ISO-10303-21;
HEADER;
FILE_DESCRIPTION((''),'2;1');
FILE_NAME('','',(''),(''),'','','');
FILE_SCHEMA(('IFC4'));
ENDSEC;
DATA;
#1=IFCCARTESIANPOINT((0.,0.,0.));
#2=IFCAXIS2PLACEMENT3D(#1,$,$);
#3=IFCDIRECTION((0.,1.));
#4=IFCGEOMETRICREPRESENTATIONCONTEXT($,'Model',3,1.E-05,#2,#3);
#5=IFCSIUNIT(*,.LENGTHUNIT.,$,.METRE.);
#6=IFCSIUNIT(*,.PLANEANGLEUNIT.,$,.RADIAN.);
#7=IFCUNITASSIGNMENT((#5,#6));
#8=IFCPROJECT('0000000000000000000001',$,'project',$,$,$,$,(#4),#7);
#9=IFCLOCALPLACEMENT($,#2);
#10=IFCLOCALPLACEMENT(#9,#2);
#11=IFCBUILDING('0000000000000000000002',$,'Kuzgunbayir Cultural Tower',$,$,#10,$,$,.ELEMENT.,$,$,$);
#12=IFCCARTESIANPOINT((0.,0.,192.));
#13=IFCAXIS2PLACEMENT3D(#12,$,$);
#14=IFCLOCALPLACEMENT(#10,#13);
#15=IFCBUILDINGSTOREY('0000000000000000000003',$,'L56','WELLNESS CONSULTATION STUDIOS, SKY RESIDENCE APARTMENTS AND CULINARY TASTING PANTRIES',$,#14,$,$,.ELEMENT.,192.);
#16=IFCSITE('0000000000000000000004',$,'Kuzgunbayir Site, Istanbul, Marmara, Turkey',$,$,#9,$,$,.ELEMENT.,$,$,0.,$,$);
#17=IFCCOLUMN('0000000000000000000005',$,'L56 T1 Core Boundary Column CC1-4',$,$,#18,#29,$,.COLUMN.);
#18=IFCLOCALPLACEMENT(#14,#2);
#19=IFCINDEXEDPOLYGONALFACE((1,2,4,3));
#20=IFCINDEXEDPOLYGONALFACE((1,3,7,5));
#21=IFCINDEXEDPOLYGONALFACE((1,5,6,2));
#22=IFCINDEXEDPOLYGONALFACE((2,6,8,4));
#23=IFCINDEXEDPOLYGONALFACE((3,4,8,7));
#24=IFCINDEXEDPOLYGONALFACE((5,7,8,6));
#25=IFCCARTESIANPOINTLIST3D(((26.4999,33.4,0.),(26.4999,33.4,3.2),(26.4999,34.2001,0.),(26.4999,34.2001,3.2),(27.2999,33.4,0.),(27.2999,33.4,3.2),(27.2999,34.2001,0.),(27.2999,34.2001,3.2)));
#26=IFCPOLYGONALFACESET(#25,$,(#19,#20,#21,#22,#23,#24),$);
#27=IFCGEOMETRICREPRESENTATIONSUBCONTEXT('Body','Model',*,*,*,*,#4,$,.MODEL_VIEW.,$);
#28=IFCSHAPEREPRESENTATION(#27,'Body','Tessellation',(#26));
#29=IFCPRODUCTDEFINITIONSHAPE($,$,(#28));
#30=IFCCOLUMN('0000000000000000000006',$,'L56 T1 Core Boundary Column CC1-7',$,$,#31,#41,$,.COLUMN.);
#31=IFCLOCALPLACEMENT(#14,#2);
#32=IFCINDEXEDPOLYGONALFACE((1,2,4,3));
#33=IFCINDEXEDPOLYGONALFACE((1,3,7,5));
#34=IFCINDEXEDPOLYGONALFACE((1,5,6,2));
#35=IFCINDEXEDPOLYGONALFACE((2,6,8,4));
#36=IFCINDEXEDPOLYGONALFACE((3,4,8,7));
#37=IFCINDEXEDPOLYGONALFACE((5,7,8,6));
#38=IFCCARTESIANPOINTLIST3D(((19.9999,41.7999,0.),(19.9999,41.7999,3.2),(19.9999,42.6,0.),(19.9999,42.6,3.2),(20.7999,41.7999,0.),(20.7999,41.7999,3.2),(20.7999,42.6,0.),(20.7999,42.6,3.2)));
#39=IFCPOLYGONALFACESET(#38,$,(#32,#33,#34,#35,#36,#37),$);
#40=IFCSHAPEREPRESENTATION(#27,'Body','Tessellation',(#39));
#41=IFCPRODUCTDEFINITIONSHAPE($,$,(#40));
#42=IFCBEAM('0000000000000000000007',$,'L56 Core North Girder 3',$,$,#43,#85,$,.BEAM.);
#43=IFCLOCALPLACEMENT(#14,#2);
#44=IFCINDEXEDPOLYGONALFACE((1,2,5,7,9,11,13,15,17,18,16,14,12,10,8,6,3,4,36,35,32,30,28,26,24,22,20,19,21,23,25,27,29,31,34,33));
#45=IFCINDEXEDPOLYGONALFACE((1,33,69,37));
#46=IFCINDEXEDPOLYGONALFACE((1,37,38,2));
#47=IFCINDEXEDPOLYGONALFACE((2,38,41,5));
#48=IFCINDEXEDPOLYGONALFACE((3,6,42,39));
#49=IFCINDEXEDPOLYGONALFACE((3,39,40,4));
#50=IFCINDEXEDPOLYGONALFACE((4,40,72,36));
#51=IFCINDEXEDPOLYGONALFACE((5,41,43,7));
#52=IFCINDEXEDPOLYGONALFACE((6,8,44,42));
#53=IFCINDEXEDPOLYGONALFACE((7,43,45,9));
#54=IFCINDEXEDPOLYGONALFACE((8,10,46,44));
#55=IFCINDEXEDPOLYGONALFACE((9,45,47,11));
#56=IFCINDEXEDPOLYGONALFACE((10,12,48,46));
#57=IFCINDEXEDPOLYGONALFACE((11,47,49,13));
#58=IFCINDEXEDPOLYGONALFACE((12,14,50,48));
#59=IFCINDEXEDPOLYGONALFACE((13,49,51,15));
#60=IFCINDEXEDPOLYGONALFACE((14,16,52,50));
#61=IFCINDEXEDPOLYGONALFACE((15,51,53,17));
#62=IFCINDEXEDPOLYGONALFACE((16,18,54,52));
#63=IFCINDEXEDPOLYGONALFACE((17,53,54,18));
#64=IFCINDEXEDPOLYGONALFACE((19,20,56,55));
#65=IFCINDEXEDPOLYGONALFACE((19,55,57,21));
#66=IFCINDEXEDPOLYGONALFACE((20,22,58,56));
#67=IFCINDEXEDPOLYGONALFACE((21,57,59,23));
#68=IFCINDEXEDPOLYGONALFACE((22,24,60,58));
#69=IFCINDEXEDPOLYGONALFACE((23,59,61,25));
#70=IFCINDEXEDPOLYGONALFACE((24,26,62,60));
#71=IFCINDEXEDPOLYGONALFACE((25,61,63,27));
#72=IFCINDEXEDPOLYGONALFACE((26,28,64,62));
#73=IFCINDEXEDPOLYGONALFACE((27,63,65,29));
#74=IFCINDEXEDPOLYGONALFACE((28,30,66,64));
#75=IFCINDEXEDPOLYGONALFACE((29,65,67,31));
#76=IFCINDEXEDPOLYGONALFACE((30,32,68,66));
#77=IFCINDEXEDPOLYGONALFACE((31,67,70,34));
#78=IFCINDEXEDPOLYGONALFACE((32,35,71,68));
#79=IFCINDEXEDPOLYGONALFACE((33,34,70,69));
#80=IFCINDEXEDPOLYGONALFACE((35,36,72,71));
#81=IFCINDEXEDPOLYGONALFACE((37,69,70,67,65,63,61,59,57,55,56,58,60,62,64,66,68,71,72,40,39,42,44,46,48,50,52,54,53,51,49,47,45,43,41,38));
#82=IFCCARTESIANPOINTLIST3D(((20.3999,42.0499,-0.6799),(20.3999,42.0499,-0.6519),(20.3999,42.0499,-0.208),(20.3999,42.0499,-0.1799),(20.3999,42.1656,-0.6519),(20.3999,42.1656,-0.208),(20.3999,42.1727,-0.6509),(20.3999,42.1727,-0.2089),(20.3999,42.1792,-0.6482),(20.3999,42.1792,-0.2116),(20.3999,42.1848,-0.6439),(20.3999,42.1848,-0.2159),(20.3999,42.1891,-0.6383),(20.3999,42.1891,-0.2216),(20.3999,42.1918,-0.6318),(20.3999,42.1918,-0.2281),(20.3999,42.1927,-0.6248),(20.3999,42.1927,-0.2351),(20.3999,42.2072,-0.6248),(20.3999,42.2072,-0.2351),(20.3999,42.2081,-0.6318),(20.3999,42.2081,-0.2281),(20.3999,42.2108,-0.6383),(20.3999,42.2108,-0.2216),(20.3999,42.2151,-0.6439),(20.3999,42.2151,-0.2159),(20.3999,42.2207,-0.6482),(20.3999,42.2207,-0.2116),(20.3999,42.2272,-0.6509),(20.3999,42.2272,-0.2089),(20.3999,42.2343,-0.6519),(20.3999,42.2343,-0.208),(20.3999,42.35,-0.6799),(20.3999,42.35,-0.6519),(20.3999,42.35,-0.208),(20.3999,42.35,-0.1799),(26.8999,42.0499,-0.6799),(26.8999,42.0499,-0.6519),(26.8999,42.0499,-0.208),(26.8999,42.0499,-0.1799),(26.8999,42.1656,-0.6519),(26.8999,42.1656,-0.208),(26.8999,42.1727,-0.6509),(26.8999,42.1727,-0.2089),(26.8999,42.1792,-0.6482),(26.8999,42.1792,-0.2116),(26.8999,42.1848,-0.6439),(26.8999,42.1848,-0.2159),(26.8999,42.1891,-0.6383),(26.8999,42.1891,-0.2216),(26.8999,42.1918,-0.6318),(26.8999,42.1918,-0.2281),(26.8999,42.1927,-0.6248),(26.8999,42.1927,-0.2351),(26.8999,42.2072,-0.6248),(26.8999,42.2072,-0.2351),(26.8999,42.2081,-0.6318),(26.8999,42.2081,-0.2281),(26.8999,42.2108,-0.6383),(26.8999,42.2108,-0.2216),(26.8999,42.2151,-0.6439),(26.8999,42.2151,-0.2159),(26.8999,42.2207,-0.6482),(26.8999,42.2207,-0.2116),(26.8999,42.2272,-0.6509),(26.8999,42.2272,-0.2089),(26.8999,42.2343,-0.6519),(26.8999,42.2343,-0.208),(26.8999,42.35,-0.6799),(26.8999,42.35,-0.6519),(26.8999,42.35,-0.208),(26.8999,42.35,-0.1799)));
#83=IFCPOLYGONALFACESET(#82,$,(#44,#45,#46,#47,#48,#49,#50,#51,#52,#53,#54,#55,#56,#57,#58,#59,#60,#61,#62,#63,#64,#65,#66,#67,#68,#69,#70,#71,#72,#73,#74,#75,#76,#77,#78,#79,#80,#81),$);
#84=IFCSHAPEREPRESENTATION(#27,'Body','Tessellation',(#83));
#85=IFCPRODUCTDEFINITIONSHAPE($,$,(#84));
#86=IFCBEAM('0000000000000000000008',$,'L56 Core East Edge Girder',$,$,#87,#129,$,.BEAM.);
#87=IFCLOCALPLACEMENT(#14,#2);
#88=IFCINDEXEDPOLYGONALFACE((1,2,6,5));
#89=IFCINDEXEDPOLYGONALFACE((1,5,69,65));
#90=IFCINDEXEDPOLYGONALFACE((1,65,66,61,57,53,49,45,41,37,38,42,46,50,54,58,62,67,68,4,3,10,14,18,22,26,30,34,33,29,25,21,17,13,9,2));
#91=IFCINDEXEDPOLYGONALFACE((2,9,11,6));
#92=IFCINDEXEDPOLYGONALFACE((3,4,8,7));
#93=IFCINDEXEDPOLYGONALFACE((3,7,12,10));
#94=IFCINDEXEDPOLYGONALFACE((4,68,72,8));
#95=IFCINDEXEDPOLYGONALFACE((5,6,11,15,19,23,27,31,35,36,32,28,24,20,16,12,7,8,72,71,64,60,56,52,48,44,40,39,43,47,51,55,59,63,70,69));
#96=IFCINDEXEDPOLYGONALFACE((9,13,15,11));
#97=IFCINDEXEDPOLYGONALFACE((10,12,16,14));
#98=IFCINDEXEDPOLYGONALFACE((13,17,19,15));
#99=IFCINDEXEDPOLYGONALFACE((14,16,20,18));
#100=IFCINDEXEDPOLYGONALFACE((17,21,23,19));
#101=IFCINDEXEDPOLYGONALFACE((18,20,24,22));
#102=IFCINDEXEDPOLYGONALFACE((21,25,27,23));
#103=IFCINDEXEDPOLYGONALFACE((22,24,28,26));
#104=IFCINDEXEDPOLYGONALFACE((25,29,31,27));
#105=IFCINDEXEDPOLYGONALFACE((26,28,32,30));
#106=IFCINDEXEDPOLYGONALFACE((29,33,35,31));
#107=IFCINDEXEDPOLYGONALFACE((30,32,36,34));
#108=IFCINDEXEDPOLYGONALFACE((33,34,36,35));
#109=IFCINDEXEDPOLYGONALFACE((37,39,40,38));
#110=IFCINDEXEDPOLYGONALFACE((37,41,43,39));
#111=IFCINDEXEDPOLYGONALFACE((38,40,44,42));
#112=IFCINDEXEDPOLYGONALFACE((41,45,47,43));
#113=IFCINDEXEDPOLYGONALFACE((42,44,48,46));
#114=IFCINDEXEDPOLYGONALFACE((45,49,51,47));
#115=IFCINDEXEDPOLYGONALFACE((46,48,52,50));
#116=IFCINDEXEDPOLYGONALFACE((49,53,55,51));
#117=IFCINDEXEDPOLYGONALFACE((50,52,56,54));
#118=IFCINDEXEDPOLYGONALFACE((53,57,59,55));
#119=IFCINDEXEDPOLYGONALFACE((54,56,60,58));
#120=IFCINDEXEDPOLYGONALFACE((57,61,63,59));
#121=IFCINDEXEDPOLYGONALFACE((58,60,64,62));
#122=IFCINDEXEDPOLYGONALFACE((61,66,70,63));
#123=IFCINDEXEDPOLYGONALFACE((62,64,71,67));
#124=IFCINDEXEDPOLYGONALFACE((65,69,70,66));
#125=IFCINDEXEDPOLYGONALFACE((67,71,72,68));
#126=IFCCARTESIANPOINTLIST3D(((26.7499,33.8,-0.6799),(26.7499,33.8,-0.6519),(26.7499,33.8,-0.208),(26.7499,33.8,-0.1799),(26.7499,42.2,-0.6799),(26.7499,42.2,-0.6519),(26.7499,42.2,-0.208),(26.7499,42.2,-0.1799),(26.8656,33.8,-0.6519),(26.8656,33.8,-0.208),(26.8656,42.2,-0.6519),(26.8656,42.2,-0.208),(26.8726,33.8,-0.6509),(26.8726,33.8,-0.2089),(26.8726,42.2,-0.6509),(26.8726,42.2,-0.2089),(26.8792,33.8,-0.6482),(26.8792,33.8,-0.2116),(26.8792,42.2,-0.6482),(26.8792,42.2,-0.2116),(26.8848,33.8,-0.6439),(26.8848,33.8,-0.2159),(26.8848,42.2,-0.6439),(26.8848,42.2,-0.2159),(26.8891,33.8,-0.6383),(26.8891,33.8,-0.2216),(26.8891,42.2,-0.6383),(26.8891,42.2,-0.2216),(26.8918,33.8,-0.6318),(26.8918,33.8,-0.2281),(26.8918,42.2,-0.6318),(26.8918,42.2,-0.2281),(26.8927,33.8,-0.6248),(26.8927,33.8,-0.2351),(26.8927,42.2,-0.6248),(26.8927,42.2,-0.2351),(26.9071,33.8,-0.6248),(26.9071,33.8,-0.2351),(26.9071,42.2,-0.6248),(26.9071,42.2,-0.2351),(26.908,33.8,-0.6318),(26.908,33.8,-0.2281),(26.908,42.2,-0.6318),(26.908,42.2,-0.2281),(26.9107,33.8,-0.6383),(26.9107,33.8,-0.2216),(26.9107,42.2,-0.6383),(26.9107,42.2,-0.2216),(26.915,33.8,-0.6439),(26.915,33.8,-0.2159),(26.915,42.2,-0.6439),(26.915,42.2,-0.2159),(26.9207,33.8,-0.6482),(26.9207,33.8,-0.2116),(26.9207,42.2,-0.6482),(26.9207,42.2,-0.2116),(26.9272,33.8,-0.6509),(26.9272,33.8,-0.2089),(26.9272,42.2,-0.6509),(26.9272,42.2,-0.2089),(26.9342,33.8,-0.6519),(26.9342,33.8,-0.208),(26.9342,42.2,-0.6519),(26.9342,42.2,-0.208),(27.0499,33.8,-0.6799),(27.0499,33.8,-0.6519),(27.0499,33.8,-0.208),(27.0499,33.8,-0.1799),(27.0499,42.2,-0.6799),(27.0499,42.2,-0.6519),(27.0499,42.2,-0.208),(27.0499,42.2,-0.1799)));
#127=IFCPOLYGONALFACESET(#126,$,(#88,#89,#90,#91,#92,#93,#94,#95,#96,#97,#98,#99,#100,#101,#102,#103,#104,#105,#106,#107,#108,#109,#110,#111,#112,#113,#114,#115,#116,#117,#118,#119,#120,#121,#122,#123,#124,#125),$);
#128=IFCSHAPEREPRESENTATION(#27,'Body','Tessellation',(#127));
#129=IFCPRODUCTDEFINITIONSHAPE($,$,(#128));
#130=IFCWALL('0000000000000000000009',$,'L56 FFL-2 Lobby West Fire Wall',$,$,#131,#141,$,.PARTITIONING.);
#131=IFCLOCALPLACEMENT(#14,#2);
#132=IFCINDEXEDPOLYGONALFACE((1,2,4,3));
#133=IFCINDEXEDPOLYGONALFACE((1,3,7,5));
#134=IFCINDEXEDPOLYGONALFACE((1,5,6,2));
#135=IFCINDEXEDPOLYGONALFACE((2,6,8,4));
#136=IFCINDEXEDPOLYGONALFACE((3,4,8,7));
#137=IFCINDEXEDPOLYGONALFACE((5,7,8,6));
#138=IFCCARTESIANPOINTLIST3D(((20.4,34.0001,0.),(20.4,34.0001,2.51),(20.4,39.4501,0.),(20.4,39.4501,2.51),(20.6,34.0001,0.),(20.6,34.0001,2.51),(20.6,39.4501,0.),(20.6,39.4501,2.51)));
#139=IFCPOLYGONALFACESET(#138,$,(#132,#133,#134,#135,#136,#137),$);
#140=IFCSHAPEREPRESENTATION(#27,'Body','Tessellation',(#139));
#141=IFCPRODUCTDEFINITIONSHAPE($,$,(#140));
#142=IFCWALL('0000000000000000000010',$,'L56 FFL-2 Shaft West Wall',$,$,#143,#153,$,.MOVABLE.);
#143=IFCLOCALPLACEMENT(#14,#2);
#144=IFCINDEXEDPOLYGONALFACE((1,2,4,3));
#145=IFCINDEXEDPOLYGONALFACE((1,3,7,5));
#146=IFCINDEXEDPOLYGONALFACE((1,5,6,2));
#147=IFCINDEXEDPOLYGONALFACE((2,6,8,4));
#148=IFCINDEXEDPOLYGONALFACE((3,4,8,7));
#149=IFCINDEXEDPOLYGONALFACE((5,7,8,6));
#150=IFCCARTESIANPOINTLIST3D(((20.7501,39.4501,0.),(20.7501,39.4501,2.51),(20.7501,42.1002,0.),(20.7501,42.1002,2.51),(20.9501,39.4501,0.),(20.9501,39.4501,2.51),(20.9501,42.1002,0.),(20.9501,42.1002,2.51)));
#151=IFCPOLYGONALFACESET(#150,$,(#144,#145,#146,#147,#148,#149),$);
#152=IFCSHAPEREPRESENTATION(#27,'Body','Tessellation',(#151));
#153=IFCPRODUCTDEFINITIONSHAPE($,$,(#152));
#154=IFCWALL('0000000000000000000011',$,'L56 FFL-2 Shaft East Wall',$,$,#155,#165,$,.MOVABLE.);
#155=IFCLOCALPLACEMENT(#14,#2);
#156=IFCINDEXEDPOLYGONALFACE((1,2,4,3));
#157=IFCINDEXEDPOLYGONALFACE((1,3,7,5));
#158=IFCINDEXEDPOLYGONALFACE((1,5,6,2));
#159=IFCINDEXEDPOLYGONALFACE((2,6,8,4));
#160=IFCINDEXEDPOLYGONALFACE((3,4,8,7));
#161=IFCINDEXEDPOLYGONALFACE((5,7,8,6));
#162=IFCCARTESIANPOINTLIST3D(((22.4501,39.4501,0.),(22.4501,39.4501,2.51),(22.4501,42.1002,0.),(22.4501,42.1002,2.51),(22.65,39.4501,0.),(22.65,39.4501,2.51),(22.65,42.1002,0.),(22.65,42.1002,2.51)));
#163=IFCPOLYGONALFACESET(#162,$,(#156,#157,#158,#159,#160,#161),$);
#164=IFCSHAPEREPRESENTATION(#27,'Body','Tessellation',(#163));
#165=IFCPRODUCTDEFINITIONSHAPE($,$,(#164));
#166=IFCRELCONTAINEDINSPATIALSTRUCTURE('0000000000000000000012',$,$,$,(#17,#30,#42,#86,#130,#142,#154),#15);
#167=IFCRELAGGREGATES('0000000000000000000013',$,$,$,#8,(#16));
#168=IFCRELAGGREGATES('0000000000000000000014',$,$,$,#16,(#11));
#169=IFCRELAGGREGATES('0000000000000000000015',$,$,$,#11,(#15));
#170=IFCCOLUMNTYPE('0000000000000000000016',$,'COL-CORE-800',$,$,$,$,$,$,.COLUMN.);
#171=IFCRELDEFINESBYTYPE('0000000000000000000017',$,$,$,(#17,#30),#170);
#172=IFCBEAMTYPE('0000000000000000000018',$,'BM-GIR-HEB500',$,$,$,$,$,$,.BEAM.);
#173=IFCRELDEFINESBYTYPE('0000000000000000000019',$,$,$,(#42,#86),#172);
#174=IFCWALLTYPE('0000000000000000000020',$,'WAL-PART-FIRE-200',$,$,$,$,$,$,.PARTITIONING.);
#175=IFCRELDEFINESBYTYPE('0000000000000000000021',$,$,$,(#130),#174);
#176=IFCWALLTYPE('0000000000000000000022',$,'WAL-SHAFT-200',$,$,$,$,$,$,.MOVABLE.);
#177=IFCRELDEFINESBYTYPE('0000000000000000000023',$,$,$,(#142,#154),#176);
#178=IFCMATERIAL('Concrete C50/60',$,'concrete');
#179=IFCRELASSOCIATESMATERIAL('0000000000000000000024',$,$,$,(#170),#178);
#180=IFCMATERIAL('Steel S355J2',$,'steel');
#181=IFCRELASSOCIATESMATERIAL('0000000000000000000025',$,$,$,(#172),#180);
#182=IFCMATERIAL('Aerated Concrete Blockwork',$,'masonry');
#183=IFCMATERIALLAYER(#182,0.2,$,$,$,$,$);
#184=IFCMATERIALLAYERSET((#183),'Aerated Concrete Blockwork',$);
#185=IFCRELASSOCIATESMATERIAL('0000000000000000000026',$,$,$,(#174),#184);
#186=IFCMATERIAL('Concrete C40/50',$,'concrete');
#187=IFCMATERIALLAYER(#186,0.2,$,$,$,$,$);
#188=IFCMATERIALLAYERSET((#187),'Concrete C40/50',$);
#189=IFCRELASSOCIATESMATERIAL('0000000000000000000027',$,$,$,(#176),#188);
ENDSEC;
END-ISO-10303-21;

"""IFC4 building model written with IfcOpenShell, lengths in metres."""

from ifc_helpers import new_model, si_unit, direction, frame, frame_2d, origin, origin_2d, place, context, subcontext, project, spatial, rectangle, i_section, extrude, material, layer, layer_set, material_profile, profile_set, type_object, element, save


model = new_model("IFC4")

# Units and contexts
model_context = context("Model", 3, precision=1e-05, world=origin(), true_north=direction((0.0, 1.0)))
body_context = subcontext(model_context, "Body", "Model", "MODEL_VIEW")
ifc_project = project(units=[si_unit("LENGTHUNIT", "METRE"), si_unit("PLANEANGLEUNIT", "RADIAN")], contexts=[model_context])

# Site, building, storey
site_placement = place(None, origin())
site = spatial("IfcSite", under=ifc_project, at=site_placement, Name="Kuzgunbayir Site, Istanbul, Marmara, Turkey", CompositionType="ELEMENT", RefElevation=0.0)
building_placement = place(site_placement, origin())
building = spatial("IfcBuilding", under=site, at=building_placement, Name="Kuzgunbayir Cultural Tower", CompositionType="ELEMENT")
storey_placement = place(building_placement, frame((0.0, 0.0, 192.0)))
storey = spatial("IfcBuildingStorey", under=building, at=storey_placement, Name="L56", Description="WELLNESS CONSULTATION STUDIOS, SKY RESIDENCE APARTMENTS AND CULINARY TASTING PANTRIES", CompositionType="ELEMENT", Elevation=192.0)

# Columns
ifc_material_1 = material(Name="Concrete C50/60", Category="concrete")
ifc_material_profile_1 = material_profile(ifc_material_1, rectangle(XDim=0.8, YDim=0.8, at=origin_2d()), Name="RC 800x800")
ifc_profile_set_1 = profile_set([ifc_material_profile_1], Name="Concrete C50/60")
column_type = type_object("IfcColumnType", Name="COL-CORE-800", PredefinedType="COLUMN", material=ifc_profile_set_1)
for number, where, z_axis, x_axis, name in (
    (1, (26.8999, 33.8, 0.0), (0.0, 0.0, 1.0), (1.0, 0.0, 0.0), "L56 T1 Core Boundary Column CC1-4"),
    (2, (20.3999, 42.2, 0.0), (0.0, 0.0, 1.0), (1.0, 0.0, 0.0), "L56 T1 Core Boundary Column CC1-7"),
):
    element("IfcColumn", number, at=place(storey_placement, frame(where, z_axis=z_axis, x_axis=x_axis)), inside=storey, type_object=column_type, Name=name, PredefinedType="COLUMN", context=body_context, shape_type="SweptSolid", body=[
        extrude(rectangle(XDim=0.8, YDim=0.8, at=origin_2d()), origin(), (0.0, 0.0, 1.0), 3.2),
    ])

# Beams
ifc_material_2 = material(Name="Steel S355J2", Category="steel")
ifc_material_profile_2 = material_profile(ifc_material_2, i_section(OverallWidth=0.3, OverallDepth=0.5, WebThickness=0.0144, FlangeThickness=0.0281, FilletRadius=0.0271, at=origin_2d()), Name="HEB 500")
ifc_profile_set_2 = profile_set([ifc_material_profile_2], Name="Steel S355J2")
beam_type = type_object("IfcBeamType", Name="BM-GIR-HEB500", PredefinedType="BEAM", material=ifc_profile_set_2)
beam_1_placement = place(storey_placement, frame((20.3999, 42.2, -0.4299), z_axis=(1.0, 0.0, 0.0), x_axis=(0.0, 1.0, 0.0)))
element("IfcBeam", 3, at=beam_1_placement, inside=storey, type_object=beam_type, Name="L56 Core North Girder 3", PredefinedType="BEAM", context=body_context, shape_type="SweptSolid", body=[
    extrude(i_section(OverallWidth=0.3, OverallDepth=0.5, WebThickness=0.0144, FlangeThickness=0.0281, FilletRadius=0.0271, at=origin_2d()), origin(), (0.0, 0.0, 1.0), 6.5),
])
beam_2_placement = place(storey_placement, frame((26.8999, 33.8, -0.4299), z_axis=(0.0, 1.0, 0.0), x_axis=(-1.0, 0.0, 0.0)))
element("IfcBeam", 4, at=beam_2_placement, inside=storey, type_object=beam_type, Name="L56 Core East Edge Girder", PredefinedType="BEAM", context=body_context, shape_type="SweptSolid", body=[
    extrude(i_section(OverallWidth=0.3, OverallDepth=0.5, WebThickness=0.0144, FlangeThickness=0.0281, FilletRadius=0.0271, at=origin_2d()), origin(), (0.0, 0.0, 1.0), 8.3999),
])

# Wall
ifc_material_3 = material(Name="Aerated Concrete Blockwork", Category="masonry")
ifc_layer_1 = layer(ifc_material_3, 0.2)
ifc_layer_set_1 = layer_set([ifc_layer_1], Name="Aerated Concrete Blockwork")
wall_type_1 = type_object("IfcWallType", Name="WAL-PART-FIRE-200", PredefinedType="PARTITIONING", material=ifc_layer_set_1)
wall_1_placement = place(storey_placement, frame((20.5, 34.0, 0.0), z_axis=(0.0, 0.0, 1.0), x_axis=(0.0, 1.0, 0.0)))
element("IfcWall", 5, at=wall_1_placement, inside=storey, type_object=wall_type_1, Name="L56 FFL-2 Lobby West Fire Wall", PredefinedType="PARTITIONING", context=body_context, shape_type="SweptSolid", body=[
    extrude(rectangle(XDim=5.45, YDim=0.2, at=frame_2d((2.7251, 0.0))), origin(), (0.0, 0.0, 1.0), 2.51),
])

# Shared definitions
ifc_material_4 = material(Name="Concrete C40/50", Category="concrete")
ifc_layer_2 = layer(ifc_material_4, 0.2)
ifc_layer_set_2 = layer_set([ifc_layer_2], Name="Concrete C40/50")
wall_type_2 = type_object("IfcWallType", Name="WAL-SHAFT-200", PredefinedType="MOVABLE", material=ifc_layer_set_2)

# Walls
for number, where, z_axis, x_axis, name in (
    (6, (20.8501, 39.45, 0.0), (0.0, 0.0, 1.0), (0.0, 1.0, 0.0), "L56 FFL-2 Shaft West Wall"),
    (7, (22.55, 39.45, 0.0), (0.0, 0.0, 1.0), (0.0, 1.0, 0.0), "L56 FFL-2 Shaft East Wall"),
):
    element("IfcWall", number, at=place(storey_placement, frame(where, z_axis=z_axis, x_axis=x_axis)), inside=storey, type_object=wall_type_2, Name=name, PredefinedType="MOVABLE", context=body_context, shape_type="SweptSolid", body=[
        extrude(rectangle(XDim=2.6501, YDim=0.2, at=frame_2d((1.3252, 0.0))), origin(), (0.0, 0.0, 1.0), 2.51),
    ])

save(model, "model.ifc")
